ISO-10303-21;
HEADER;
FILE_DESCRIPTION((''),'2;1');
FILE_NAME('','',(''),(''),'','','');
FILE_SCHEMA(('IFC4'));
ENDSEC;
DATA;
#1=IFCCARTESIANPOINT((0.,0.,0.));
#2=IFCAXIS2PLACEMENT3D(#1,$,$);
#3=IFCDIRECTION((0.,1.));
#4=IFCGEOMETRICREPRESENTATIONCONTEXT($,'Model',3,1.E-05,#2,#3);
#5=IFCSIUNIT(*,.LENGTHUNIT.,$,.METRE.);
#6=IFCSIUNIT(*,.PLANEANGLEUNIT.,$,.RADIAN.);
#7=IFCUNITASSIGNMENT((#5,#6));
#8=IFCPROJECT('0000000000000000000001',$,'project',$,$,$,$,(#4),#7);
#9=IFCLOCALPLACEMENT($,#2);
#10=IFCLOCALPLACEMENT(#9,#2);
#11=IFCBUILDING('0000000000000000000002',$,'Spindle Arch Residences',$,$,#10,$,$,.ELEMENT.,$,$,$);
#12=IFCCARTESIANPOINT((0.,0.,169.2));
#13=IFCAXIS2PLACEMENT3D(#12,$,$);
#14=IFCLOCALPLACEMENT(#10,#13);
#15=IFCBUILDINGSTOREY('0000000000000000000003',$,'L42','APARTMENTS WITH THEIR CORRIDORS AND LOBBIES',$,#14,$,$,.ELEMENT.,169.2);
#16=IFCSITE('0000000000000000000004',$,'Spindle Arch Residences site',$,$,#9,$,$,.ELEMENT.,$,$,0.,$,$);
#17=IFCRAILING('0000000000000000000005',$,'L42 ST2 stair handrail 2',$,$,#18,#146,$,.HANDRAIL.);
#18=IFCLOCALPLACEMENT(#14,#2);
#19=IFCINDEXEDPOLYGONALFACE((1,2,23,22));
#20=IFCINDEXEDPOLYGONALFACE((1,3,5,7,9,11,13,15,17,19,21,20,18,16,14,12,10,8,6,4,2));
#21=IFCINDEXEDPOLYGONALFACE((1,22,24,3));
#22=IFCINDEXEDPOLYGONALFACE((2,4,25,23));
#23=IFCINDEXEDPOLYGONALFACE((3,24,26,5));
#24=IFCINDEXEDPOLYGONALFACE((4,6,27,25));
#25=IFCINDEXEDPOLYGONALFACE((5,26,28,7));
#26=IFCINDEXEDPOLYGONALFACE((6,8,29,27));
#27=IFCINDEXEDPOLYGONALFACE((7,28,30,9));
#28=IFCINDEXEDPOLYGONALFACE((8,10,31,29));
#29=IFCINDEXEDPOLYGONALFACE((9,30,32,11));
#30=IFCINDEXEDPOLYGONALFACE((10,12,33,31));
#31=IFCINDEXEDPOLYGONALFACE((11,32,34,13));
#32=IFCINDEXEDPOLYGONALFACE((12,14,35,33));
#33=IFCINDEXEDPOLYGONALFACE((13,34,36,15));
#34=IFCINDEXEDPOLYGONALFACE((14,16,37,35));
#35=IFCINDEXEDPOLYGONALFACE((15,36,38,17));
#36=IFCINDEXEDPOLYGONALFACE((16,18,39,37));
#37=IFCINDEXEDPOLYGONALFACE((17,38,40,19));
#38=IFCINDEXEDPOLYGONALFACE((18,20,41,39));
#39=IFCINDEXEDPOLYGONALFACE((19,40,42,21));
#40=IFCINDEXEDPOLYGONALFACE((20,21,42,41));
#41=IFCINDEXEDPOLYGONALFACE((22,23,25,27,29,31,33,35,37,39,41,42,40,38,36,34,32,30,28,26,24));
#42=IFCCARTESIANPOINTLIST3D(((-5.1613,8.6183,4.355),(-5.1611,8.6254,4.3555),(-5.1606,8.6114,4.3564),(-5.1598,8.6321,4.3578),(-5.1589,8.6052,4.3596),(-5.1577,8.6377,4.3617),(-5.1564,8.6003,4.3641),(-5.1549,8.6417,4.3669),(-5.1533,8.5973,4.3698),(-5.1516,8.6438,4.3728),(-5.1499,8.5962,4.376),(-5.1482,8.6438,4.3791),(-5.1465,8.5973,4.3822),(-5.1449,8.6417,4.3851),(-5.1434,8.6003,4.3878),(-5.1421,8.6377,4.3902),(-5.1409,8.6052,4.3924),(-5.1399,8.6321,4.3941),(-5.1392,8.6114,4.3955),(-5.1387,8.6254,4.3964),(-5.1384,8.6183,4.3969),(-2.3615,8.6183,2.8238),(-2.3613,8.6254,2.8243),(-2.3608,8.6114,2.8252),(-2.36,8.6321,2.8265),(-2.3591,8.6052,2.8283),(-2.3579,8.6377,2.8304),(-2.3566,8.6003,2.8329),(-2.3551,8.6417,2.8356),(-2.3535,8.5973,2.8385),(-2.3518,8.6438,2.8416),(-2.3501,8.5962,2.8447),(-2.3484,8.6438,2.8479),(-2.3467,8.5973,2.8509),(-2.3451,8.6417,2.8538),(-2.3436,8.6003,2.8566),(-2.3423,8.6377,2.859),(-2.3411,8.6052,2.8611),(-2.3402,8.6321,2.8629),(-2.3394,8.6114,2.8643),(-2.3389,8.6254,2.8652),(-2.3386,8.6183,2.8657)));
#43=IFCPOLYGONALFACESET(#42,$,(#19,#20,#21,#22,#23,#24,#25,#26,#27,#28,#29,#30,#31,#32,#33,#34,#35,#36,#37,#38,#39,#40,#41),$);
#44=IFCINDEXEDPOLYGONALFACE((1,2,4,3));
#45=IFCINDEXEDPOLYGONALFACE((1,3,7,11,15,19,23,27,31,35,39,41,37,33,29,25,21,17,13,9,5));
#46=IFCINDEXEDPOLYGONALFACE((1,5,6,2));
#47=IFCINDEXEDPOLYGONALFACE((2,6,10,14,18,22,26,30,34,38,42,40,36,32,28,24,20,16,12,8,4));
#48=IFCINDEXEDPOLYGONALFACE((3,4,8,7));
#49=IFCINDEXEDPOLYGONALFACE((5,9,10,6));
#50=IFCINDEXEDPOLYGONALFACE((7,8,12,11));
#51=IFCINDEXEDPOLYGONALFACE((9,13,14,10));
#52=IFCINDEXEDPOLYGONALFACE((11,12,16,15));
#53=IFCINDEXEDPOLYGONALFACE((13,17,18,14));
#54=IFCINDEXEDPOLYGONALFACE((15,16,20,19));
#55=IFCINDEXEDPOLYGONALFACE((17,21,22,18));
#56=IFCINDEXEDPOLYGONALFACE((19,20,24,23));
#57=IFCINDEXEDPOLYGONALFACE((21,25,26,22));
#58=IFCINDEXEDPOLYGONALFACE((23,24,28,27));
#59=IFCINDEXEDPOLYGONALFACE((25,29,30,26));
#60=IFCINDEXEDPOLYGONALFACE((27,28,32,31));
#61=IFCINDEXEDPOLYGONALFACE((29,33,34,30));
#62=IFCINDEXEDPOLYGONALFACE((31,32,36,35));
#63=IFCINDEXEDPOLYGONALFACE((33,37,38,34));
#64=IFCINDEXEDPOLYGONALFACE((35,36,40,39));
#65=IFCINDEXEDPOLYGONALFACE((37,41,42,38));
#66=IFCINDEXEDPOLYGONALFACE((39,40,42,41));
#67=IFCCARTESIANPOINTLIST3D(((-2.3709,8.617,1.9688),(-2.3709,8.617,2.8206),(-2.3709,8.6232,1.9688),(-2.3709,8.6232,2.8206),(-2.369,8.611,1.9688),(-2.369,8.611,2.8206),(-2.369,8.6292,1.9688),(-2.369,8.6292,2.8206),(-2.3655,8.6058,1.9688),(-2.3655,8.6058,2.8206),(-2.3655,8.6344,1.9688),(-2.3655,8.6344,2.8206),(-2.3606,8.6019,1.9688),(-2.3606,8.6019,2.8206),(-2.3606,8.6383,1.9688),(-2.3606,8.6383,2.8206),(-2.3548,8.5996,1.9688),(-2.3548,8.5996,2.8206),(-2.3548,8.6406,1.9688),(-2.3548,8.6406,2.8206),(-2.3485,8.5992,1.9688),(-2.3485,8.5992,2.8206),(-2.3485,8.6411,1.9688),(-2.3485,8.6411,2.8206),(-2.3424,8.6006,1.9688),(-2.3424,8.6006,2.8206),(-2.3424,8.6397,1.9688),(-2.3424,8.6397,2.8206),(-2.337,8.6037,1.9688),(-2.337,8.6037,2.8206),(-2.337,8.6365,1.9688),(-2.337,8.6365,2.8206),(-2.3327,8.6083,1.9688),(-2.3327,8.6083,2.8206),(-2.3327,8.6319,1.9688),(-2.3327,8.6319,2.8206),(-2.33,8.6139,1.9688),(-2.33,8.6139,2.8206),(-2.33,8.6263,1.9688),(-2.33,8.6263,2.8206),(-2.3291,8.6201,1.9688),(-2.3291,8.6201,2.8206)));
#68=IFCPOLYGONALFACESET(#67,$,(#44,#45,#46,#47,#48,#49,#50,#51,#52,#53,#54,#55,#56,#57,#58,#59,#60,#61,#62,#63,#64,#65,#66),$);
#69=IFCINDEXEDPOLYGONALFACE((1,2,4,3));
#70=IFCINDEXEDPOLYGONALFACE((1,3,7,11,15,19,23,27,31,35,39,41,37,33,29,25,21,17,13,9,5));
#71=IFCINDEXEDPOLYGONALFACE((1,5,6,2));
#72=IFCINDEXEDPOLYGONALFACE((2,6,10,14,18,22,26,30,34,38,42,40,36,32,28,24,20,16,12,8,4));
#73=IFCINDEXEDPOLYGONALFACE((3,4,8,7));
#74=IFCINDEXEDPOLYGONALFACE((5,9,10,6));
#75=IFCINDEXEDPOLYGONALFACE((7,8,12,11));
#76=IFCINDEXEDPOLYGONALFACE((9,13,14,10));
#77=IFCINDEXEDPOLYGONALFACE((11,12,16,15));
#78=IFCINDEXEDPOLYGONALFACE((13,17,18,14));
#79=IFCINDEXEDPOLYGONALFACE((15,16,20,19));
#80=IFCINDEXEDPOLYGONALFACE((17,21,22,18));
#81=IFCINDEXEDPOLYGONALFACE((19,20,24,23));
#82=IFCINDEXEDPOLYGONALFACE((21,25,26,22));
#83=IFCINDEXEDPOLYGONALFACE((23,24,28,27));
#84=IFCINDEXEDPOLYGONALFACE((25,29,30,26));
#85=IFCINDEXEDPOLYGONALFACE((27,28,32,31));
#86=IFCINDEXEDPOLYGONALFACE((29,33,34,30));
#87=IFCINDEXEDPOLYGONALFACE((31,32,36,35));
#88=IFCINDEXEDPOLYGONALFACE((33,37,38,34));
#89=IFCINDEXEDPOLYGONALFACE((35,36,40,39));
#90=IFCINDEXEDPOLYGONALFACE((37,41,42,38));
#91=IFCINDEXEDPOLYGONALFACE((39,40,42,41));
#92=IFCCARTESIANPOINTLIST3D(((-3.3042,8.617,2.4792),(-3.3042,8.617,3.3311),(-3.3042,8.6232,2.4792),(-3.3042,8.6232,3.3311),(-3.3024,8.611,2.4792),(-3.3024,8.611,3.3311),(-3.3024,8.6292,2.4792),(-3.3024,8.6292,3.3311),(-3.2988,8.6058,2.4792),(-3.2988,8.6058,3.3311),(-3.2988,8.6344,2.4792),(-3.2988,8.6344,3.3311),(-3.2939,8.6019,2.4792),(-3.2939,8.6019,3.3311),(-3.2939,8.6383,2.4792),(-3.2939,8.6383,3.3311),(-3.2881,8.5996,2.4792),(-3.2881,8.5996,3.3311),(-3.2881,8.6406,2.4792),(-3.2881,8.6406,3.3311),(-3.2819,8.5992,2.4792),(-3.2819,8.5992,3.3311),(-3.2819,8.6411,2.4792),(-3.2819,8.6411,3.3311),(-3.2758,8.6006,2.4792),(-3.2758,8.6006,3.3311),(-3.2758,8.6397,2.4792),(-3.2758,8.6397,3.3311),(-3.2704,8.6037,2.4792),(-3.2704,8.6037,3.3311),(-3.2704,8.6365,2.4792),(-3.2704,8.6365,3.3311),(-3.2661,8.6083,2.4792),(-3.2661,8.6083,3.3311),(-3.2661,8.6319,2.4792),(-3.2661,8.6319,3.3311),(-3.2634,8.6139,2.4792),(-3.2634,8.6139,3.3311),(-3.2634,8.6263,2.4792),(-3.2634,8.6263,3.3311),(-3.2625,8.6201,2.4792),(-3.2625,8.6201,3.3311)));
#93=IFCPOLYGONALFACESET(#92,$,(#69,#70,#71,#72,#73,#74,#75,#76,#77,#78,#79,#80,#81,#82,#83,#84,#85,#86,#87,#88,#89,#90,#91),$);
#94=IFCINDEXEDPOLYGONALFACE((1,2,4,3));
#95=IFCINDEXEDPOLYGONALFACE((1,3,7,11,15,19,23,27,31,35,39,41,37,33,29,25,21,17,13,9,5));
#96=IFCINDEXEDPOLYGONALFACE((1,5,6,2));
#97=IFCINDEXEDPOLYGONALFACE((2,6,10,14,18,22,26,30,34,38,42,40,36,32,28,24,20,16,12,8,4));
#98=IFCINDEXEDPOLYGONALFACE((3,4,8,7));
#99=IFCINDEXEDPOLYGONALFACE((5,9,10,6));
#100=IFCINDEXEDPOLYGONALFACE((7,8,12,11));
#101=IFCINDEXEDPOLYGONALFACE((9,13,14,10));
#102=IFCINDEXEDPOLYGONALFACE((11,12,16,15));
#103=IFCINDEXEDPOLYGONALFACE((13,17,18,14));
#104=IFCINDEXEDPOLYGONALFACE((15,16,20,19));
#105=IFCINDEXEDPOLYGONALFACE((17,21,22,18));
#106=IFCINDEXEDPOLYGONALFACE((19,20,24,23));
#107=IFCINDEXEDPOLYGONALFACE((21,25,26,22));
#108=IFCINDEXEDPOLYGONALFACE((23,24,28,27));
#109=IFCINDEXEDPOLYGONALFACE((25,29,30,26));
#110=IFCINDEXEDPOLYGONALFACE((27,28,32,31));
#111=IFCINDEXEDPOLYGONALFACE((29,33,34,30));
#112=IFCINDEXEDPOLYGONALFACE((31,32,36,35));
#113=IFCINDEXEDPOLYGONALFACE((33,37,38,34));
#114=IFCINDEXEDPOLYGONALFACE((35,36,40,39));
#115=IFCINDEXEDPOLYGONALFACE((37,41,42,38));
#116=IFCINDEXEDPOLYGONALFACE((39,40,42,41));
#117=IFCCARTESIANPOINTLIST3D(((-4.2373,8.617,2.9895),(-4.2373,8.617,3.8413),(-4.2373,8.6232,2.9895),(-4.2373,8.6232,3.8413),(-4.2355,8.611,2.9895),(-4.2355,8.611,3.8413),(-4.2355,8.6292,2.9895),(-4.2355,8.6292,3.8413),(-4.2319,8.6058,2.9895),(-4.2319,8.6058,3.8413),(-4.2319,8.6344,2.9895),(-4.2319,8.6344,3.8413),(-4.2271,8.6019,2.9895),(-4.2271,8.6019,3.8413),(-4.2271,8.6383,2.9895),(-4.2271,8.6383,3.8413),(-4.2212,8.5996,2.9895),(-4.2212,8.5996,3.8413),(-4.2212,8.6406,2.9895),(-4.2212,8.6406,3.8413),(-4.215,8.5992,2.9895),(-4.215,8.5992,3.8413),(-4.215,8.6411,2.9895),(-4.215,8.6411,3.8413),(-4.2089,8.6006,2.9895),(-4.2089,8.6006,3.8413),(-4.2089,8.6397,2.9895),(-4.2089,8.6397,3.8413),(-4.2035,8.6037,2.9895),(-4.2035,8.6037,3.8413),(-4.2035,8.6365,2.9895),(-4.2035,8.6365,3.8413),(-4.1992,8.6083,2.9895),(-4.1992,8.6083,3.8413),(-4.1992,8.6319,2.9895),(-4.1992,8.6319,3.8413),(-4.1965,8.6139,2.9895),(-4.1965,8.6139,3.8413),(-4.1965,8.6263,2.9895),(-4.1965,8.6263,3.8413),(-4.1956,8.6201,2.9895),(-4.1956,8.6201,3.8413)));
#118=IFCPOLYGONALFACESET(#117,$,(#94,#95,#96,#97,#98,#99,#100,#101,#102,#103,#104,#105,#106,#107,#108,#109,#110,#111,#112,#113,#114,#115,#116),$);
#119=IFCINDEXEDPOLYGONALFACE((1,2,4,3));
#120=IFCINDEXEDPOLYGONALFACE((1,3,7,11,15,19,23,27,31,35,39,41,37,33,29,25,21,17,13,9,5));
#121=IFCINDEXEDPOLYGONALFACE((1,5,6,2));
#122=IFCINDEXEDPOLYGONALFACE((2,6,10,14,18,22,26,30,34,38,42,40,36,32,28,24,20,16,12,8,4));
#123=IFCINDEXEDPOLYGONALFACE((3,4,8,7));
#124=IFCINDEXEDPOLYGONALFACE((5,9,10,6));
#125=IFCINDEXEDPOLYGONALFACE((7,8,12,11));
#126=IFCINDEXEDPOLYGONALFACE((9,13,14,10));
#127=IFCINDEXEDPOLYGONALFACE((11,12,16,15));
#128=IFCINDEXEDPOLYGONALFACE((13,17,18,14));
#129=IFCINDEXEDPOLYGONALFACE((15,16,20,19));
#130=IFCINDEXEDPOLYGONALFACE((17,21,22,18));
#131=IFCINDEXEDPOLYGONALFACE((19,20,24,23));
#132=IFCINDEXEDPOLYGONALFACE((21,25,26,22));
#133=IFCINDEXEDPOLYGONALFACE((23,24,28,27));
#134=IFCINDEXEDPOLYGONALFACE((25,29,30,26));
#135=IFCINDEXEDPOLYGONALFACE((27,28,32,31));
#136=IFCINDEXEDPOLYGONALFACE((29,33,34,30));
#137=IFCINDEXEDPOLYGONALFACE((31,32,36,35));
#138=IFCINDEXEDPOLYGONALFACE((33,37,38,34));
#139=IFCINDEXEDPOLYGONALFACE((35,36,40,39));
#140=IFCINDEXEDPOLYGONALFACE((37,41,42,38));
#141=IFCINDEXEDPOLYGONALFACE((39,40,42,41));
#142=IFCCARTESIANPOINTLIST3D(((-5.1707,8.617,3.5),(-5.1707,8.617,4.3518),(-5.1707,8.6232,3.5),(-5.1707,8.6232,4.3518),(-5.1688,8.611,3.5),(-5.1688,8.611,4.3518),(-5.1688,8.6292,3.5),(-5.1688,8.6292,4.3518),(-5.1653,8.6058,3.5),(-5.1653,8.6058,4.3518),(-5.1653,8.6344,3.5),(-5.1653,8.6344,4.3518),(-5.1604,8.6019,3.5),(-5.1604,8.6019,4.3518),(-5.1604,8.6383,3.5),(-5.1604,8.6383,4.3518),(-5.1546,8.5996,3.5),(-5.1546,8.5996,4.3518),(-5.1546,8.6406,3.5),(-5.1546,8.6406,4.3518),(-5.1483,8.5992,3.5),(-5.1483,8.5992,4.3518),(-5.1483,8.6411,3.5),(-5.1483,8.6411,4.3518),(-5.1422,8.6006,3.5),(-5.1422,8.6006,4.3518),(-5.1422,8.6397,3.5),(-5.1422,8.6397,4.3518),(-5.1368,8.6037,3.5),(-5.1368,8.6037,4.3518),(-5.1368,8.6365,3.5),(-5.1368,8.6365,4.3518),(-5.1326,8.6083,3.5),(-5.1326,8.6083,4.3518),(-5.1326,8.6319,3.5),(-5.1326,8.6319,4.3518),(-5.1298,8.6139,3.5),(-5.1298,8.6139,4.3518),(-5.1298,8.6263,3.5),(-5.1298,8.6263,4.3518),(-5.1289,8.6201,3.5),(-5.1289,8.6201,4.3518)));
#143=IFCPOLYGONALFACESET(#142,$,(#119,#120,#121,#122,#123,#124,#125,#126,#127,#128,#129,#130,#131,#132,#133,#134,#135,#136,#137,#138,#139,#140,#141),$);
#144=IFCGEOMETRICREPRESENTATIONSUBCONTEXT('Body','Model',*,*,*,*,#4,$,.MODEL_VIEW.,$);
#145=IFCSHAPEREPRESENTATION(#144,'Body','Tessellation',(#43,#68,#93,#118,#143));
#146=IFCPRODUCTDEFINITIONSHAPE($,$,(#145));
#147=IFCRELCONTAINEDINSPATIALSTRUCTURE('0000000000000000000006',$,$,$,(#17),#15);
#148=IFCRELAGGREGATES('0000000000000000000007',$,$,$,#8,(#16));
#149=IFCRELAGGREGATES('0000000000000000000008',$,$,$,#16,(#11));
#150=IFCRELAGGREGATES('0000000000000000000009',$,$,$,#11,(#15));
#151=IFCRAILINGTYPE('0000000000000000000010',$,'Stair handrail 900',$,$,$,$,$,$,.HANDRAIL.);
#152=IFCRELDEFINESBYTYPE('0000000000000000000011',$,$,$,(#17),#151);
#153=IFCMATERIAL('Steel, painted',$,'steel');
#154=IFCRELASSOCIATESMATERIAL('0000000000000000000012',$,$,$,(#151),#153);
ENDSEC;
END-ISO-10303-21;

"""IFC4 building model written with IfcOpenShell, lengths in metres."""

from ifc_helpers import new_model, si_unit, direction, frame, origin, origin_2d, place, context, subcontext, project, spatial, circle, extrude, material, type_object, element, save


model = new_model("IFC4")

# Units and contexts
model_context = context("Model", 3, precision=1e-05, world=origin(), true_north=direction((0.0, 1.0)))
body_context = subcontext(model_context, "Body", "Model", "MODEL_VIEW")
ifc_project = project(units=[si_unit("LENGTHUNIT", "METRE"), si_unit("PLANEANGLEUNIT", "RADIAN")], contexts=[model_context])

# Site, building, storey
site_placement = place(None, origin())
site = spatial("IfcSite", under=ifc_project, at=site_placement, Name="Spindle Arch Residences site", CompositionType="ELEMENT", RefElevation=0.0)
building_placement = place(site_placement, origin())
building = spatial("IfcBuilding", under=site, at=building_placement, Name="Spindle Arch Residences", CompositionType="ELEMENT")
storey_placement = place(building_placement, frame((0.0, 0.0, 169.2)))
storey = spatial("IfcBuildingStorey", under=building, at=storey_placement, Name="L42", Description="APARTMENTS WITH THEIR CORRIDORS AND LOBBIES", CompositionType="ELEMENT", Elevation=169.2)

# Railing
ifc_material_1 = material(Name="Steel, painted", Category="steel")
railing_type_1 = type_object("IfcRailingType", Name="Stair handrail 900", PredefinedType="HANDRAIL", material=ifc_material_1)
railing_1_placement = place(storey_placement, frame((-2.3501, 8.6201, 1.9688)))
element("IfcRailing", 1, at=railing_1_placement, inside=storey, type_object=railing_type_1, Name="L42 ST2 stair handrail 2", PredefinedType="HANDRAIL", context=body_context, shape_type="SweptSolid", body=[
    extrude(circle(Radius=0.0239, at=origin_2d()), frame((0.0, 0.0, 0.876), z_axis=(-0.877357, 0.0, 0.479838), x_axis=(0.0, -1.0, 0.0)), (0.0, 0.0, 1.0), 3.1912),
    extrude(circle(Radius=0.021, at=origin_2d()), origin(), (0.0, 0.0, 1.0), 0.8518),
    extrude(circle(Radius=0.021, at=origin_2d()), frame((-0.9333, 0.0, 0.5105)), (0.0, 0.0, 1.0), 0.8518),
    extrude(circle(Radius=0.021, at=origin_2d()), frame((-1.8665, 0.0, 1.0208)), (0.0, 0.0, 1.0), 0.8518),
    extrude(circle(Radius=0.021, at=origin_2d()), frame((-2.7998, 0.0, 1.5312)), (0.0, 0.0, 1.0), 0.8518),
])

save(model, "model.ifc")
